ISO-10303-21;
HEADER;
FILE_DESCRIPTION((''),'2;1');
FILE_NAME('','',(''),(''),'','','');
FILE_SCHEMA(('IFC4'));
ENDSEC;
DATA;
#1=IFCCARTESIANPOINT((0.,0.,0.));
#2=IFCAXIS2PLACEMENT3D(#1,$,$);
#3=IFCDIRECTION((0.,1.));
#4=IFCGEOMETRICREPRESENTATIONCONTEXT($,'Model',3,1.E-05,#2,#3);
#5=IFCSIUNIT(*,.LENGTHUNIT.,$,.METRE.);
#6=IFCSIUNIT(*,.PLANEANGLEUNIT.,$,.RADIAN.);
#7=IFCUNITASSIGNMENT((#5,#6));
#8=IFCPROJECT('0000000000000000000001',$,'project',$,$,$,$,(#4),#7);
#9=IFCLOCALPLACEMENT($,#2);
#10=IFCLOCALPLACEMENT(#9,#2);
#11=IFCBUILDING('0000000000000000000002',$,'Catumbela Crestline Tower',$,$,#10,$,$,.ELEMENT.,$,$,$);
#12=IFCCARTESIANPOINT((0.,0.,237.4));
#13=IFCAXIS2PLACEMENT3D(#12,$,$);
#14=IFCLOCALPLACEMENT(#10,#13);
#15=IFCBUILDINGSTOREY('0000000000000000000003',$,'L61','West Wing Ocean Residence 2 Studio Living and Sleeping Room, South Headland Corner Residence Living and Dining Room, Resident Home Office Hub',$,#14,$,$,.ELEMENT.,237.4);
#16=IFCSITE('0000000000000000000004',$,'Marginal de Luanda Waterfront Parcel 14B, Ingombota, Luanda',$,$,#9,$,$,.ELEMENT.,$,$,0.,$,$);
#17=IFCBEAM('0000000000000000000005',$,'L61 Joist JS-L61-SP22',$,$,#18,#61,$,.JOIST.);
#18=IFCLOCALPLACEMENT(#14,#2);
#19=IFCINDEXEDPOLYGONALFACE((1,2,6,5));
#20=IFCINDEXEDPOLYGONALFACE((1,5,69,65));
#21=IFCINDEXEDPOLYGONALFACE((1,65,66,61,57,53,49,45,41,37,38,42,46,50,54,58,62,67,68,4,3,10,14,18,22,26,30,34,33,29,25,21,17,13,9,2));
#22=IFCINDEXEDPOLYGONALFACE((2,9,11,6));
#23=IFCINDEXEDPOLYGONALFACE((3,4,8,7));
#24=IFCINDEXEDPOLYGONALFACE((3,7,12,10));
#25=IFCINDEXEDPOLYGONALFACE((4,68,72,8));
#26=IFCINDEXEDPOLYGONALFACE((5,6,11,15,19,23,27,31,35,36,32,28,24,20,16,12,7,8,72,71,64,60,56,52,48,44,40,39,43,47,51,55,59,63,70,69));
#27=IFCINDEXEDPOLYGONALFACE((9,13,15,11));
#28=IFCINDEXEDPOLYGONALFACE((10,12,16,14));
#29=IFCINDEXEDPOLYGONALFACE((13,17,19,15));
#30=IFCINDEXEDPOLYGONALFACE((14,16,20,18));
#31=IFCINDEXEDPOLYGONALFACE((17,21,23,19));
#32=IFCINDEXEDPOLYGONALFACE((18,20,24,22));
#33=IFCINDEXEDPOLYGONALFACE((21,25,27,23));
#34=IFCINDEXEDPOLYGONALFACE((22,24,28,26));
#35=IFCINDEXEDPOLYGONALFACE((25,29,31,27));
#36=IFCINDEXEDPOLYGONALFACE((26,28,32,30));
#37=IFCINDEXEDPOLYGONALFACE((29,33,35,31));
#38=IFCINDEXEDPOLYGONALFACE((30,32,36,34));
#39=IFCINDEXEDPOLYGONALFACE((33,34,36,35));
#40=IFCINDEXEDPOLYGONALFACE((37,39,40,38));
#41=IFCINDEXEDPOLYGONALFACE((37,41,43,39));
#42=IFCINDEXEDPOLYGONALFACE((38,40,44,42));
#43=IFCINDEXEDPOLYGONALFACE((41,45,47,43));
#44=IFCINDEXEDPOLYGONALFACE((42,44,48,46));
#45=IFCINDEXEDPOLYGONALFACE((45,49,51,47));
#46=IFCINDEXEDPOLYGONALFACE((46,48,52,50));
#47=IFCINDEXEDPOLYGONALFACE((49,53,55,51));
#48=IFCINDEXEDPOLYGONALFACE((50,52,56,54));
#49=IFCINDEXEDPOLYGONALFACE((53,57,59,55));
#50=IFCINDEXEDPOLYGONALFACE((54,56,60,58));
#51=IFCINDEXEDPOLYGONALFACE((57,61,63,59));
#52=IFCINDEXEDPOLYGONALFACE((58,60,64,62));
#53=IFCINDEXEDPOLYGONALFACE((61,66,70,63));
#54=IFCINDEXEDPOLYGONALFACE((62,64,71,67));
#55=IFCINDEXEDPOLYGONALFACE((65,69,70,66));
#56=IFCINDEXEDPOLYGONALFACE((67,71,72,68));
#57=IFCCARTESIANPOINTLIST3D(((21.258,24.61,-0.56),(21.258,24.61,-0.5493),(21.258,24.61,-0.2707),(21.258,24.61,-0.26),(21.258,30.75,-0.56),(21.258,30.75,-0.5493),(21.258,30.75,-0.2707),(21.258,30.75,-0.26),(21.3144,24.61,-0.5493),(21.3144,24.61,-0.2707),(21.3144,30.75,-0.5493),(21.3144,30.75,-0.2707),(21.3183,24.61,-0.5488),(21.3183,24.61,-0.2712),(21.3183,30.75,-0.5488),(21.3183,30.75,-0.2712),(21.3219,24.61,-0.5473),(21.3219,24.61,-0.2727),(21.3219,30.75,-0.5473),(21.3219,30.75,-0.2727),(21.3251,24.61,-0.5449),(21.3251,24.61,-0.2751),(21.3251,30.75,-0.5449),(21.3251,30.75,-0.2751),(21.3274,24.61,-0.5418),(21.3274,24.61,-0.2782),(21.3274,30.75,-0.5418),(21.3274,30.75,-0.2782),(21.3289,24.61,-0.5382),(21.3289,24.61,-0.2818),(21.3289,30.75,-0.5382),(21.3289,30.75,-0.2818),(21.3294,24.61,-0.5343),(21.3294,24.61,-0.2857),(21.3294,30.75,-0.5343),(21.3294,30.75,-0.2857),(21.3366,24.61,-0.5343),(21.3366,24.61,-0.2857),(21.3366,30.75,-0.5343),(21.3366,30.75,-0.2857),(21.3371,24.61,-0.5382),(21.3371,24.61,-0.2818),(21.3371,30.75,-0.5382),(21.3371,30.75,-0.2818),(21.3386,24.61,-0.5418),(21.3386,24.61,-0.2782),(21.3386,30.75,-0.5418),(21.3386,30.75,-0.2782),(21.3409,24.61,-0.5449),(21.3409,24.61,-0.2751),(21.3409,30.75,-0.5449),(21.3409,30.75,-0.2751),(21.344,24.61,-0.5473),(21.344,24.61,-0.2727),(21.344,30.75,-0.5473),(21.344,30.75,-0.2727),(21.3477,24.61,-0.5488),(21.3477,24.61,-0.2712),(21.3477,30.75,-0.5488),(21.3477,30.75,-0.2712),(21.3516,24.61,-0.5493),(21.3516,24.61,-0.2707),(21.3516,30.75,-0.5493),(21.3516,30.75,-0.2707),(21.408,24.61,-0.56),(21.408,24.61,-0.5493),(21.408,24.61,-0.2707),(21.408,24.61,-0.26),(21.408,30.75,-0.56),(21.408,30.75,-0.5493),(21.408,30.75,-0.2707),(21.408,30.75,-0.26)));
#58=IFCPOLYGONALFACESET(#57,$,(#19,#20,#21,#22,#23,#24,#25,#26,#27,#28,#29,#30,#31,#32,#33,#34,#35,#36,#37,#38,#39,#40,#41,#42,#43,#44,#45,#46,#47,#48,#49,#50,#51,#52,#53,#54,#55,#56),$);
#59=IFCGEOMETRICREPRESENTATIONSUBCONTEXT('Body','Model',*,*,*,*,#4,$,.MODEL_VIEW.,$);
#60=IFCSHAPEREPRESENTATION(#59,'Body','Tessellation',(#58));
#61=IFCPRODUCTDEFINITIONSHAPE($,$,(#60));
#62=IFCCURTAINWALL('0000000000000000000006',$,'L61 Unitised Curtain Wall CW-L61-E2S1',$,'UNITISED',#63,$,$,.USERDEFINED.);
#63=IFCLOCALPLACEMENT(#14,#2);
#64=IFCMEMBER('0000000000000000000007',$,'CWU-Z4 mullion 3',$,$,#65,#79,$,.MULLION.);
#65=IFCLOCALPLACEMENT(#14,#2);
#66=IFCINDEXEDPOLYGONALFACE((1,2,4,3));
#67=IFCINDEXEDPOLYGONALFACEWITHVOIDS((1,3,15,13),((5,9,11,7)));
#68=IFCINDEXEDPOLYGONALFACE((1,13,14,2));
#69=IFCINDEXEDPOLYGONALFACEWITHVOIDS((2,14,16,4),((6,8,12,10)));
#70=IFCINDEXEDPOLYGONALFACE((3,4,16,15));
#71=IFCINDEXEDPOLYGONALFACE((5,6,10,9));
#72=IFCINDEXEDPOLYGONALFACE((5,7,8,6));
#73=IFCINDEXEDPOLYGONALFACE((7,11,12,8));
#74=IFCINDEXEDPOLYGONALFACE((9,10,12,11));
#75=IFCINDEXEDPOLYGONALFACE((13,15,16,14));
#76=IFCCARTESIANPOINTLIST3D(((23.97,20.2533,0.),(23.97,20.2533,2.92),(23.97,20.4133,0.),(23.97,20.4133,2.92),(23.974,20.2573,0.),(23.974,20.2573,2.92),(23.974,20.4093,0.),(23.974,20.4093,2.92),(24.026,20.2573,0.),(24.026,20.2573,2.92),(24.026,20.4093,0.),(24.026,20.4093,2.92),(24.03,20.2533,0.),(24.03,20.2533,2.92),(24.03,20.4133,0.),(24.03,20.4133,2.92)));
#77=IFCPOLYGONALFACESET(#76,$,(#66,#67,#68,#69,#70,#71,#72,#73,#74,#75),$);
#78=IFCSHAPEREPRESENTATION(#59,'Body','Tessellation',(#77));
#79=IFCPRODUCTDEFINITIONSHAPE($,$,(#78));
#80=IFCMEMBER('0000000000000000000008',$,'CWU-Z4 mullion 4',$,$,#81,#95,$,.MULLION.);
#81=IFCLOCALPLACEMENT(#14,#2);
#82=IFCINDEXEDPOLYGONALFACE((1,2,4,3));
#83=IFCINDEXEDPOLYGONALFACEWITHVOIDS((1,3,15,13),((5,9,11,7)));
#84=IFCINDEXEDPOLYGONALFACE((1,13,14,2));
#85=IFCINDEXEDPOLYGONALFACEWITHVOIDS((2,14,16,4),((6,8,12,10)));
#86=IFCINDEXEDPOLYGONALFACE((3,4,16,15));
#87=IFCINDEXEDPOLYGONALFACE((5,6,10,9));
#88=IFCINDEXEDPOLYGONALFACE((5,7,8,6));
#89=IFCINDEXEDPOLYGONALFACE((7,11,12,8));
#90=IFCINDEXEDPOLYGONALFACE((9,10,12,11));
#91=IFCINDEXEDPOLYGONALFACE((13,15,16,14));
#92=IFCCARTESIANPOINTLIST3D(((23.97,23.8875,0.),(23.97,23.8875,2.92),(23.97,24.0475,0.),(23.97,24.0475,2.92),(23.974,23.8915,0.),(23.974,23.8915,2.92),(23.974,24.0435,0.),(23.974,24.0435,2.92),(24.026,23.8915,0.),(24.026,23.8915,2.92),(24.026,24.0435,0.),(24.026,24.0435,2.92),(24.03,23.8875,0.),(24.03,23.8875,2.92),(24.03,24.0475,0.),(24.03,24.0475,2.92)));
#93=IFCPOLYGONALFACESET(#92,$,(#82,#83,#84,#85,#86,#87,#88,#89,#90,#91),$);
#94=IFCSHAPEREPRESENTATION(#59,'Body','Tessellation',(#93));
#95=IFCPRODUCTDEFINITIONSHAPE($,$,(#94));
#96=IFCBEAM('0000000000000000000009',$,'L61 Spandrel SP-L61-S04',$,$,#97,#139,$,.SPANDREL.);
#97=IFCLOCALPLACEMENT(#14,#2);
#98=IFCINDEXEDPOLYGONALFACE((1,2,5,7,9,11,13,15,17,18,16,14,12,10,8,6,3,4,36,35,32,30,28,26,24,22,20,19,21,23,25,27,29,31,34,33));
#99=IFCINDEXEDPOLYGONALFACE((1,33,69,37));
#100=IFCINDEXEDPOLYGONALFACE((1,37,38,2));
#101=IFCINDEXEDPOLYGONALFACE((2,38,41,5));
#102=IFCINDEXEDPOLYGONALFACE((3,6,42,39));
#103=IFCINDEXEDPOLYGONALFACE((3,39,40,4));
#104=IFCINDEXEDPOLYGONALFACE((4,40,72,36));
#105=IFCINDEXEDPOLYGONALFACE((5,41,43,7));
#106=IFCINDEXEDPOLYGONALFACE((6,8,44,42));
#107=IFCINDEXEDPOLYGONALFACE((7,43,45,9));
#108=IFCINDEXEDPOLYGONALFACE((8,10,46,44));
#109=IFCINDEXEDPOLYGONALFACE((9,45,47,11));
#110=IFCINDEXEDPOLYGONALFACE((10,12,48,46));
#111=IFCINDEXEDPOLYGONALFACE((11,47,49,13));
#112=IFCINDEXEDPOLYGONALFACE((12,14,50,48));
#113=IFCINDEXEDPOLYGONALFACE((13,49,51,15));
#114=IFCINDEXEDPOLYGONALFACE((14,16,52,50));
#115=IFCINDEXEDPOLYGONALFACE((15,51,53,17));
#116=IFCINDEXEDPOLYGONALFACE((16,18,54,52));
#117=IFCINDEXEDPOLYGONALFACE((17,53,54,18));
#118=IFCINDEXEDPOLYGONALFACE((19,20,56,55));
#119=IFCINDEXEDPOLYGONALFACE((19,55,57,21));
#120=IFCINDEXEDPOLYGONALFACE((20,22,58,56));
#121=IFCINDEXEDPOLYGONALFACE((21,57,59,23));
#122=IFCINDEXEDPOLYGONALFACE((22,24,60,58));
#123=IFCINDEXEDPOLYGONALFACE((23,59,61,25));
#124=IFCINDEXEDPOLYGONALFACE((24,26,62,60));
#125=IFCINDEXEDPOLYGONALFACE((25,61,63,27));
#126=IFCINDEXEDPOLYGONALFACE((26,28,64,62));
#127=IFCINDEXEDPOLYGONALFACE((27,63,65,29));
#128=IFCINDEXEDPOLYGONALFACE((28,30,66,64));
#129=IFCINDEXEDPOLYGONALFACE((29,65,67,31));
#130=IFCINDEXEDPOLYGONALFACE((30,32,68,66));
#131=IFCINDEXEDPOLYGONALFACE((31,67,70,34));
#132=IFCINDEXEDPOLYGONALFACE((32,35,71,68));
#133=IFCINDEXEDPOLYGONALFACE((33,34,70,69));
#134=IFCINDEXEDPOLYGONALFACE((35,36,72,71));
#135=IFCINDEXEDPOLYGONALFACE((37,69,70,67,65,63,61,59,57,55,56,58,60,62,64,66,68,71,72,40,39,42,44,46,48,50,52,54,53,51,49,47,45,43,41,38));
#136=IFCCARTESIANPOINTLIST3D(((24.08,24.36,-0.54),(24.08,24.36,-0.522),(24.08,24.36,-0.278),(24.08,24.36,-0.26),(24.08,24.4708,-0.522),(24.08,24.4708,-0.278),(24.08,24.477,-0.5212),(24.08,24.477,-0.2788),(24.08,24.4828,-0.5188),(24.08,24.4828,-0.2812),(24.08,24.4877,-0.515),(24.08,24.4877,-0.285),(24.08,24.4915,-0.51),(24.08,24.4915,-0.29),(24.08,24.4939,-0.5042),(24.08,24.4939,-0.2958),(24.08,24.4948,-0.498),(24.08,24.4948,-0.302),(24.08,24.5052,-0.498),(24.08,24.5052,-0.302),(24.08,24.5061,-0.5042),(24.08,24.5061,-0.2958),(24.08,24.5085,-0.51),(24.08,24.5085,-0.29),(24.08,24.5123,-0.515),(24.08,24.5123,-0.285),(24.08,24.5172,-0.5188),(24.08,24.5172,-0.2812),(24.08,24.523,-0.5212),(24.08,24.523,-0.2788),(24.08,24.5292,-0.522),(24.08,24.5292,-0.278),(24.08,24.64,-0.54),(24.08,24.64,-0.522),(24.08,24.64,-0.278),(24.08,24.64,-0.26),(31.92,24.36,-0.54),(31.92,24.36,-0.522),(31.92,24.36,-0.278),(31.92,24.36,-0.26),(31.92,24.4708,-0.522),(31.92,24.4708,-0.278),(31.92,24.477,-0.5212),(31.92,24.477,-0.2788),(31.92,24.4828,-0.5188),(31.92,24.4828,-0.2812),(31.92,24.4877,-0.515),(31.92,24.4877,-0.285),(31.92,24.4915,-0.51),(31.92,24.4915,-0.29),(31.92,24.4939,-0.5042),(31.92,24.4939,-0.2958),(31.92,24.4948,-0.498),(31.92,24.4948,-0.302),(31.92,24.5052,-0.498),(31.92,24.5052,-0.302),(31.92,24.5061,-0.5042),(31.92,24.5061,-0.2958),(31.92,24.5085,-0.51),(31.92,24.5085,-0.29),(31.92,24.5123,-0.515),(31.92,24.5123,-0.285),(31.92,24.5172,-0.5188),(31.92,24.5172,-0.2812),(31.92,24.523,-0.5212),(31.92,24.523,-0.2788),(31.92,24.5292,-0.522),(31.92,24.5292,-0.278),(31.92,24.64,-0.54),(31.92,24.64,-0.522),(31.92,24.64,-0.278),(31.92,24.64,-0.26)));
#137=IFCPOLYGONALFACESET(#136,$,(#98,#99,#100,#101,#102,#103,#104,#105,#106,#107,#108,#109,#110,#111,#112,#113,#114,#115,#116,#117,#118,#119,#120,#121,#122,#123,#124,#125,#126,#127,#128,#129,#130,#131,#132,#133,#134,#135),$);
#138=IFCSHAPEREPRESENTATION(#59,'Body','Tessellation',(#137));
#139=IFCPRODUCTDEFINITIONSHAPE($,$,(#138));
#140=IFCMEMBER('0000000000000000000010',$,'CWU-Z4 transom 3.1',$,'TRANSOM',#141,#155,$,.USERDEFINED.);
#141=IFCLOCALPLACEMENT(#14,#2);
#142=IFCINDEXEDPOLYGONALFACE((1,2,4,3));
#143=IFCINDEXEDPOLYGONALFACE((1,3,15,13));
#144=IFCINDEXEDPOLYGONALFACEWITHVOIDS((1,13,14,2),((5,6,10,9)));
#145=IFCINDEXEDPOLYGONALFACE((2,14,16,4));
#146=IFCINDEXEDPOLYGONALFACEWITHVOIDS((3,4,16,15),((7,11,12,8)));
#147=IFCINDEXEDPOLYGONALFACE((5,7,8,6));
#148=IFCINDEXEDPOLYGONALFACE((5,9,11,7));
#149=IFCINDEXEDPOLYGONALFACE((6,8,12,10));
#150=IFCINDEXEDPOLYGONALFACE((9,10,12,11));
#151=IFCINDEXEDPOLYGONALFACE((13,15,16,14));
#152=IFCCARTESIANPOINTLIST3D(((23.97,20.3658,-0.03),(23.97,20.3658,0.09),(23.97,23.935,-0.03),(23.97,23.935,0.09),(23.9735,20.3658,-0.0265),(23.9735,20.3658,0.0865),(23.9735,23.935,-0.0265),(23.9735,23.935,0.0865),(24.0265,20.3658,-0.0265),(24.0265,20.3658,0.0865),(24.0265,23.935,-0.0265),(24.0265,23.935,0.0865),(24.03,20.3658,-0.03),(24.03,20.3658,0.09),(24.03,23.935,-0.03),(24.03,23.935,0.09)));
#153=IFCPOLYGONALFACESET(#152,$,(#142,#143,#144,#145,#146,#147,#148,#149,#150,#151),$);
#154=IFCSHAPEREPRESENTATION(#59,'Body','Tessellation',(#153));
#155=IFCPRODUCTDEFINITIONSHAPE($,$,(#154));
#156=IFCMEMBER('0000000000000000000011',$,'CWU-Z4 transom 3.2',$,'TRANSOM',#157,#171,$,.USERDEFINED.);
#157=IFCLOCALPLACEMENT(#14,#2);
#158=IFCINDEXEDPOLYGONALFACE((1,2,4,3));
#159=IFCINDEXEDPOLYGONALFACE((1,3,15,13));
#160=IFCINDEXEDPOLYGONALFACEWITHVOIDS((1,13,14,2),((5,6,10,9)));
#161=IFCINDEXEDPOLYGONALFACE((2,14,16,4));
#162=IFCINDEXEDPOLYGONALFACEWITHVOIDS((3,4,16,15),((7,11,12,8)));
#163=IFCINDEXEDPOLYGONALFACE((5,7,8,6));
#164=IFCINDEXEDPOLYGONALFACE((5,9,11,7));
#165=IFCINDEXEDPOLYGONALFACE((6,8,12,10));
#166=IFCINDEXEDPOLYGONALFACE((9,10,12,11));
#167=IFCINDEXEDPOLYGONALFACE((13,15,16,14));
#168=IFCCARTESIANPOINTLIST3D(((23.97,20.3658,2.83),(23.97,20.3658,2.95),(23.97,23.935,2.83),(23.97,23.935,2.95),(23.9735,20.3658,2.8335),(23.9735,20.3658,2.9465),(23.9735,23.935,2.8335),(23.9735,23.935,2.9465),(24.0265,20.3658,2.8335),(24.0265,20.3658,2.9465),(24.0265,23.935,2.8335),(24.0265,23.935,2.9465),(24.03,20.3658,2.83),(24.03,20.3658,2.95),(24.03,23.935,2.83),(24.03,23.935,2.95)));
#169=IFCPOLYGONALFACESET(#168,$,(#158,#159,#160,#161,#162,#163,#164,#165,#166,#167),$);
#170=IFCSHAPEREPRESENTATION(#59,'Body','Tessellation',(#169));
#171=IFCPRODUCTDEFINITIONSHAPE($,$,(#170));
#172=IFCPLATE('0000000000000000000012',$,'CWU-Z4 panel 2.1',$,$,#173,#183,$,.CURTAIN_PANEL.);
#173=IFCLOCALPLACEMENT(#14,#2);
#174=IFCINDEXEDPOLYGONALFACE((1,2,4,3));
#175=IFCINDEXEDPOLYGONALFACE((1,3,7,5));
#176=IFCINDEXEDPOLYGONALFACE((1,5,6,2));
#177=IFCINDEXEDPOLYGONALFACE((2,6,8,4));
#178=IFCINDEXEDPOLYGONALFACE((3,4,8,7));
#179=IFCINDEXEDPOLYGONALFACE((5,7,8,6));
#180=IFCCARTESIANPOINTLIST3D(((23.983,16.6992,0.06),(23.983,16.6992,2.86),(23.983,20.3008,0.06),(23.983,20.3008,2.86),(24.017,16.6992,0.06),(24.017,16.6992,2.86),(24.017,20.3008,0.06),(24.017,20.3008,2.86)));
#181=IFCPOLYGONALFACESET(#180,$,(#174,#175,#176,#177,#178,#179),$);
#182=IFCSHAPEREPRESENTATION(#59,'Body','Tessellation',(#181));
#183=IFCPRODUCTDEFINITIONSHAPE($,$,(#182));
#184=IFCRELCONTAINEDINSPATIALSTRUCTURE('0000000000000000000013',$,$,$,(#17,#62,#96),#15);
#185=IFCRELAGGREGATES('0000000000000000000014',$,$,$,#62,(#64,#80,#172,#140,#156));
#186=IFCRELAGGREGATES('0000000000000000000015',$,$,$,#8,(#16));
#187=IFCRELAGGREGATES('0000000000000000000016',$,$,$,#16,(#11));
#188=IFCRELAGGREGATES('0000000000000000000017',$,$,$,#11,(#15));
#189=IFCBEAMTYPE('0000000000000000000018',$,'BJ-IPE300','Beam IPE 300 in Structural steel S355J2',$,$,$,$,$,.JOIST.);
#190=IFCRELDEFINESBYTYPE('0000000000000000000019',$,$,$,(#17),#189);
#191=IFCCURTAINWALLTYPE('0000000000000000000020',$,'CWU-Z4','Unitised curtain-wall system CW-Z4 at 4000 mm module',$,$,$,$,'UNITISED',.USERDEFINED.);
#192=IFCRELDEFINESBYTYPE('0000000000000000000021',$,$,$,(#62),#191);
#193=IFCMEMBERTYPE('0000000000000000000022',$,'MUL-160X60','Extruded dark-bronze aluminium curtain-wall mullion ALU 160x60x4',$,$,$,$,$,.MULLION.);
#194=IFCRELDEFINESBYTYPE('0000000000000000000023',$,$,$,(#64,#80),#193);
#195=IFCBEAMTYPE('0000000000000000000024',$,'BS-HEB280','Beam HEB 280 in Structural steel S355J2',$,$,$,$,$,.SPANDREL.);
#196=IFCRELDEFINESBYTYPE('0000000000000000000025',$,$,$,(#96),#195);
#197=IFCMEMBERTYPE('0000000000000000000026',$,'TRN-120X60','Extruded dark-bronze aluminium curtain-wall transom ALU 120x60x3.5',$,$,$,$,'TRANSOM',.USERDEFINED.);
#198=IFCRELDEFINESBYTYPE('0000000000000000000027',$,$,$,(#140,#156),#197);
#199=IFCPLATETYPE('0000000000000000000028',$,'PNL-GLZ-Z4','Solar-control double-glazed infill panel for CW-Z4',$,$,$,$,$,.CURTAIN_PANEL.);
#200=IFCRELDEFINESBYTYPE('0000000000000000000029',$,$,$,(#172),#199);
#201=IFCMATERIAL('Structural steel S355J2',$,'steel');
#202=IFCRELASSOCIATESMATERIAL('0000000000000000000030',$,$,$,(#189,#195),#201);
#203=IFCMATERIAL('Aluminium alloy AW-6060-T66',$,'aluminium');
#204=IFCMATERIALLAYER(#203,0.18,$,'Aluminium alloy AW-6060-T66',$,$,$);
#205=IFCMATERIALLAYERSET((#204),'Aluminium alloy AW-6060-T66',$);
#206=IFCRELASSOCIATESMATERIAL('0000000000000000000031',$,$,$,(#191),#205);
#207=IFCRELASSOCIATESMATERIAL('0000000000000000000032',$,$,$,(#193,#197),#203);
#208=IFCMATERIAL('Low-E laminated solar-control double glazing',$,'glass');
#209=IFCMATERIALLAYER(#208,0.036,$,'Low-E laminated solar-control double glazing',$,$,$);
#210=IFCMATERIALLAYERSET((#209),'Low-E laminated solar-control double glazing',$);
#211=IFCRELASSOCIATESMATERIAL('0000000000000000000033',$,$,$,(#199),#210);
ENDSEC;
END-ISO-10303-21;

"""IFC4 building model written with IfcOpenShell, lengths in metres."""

from ifc_helpers import new_model, si_unit, direction, frame, origin, origin_2d, place, context, subcontext, project, spatial, rectangle, hollow_rectangle, i_section, extrude, material, layer, layer_set, material_profile, profile_set, type_object, element, aggregate, save


model = new_model("IFC4")

# Units and contexts
model_context = context("Model", 3, precision=1e-05, world=origin(), true_north=direction((0.0, 1.0)))
body_context = subcontext(model_context, "Body", "Model", "MODEL_VIEW")
ifc_project = project(units=[si_unit("LENGTHUNIT", "METRE"), si_unit("PLANEANGLEUNIT", "RADIAN")], contexts=[model_context])

# Site, building, storey
site_placement = place(None, origin())
site = spatial("IfcSite", under=ifc_project, at=site_placement, Name="Marginal de Luanda Waterfront Parcel 14B, Ingombota, Luanda", CompositionType="ELEMENT", RefElevation=0.0)
building_placement = place(site_placement, origin())
building = spatial("IfcBuilding", under=site, at=building_placement, Name="Catumbela Crestline Tower", CompositionType="ELEMENT")
storey_placement = place(building_placement, frame((0.0, 0.0, 237.4)))
storey = spatial("IfcBuildingStorey", under=building, at=storey_placement, Name="L61", Description="West Wing Ocean Residence 2 Studio Living and Sleeping Room, South Headland Corner Residence Living and Dining Room, Resident Home Office Hub", CompositionType="ELEMENT", Elevation=237.4)

# Shared definitions
ifc_material_1 = material(Name="Structural steel S355J2", Category="steel")

# Beam
ifc_material_profile_1 = material_profile(ifc_material_1, i_section(OverallWidth=0.15, OverallDepth=0.3, WebThickness=0.0071, FlangeThickness=0.0107, FilletRadius=0.015, at=origin_2d()), Name="IPE 300")
ifc_profile_set_1 = profile_set([ifc_material_profile_1], Name="Structural steel S355J2")
beam_type_1 = type_object("IfcBeamType", Name="BJ-IPE300", Description="Beam IPE 300 in Structural steel S355J2", PredefinedType="JOIST", material=ifc_profile_set_1)
for number, where, z_axis, x_axis, name in (
    (1, (21.333, 24.61, -0.41), (0.0, 1.0, 0.0), (-1.0, 0.0, 0.0), "L61 Joist JS-L61-SP22"),
):
    element("IfcBeam", number, at=place(storey_placement, frame(where, z_axis=z_axis, x_axis=x_axis)), inside=storey, type_object=beam_type_1, Name=name, PredefinedType="JOIST", context=body_context, shape_type="SweptSolid", body=[
        extrude(i_section(OverallWidth=0.15, OverallDepth=0.3, WebThickness=0.0071, FlangeThickness=0.0107, FilletRadius=0.015, at=origin_2d()), origin(), (0.0, 0.0, 1.0), 6.14),
    ])

# Curtain wall, members
ifc_material_2 = material(Name="Aluminium alloy AW-6060-T66", Category="aluminium")
ifc_layer_1 = layer(ifc_material_2, 0.18, Name="Aluminium alloy AW-6060-T66")
ifc_layer_set_1 = layer_set([ifc_layer_1], Name="Aluminium alloy AW-6060-T66")
curtain_wall_type = type_object("IfcCurtainWallType", Name="CWU-Z4", Description="Unitised curtain-wall system CW-Z4 at 4000 mm module", ElementType="UNITISED", PredefinedType="USERDEFINED", material=ifc_layer_set_1)
curtain_wall_placement = place(storey_placement, origin())
curtain_wall = element("IfcCurtainWall", 2, at=curtain_wall_placement, inside=storey, type_object=curtain_wall_type, Name="L61 Unitised Curtain Wall CW-L61-E2S1", ObjectType="UNITISED", PredefinedType="USERDEFINED")
ifc_material_profile_2 = material_profile(ifc_material_2, hollow_rectangle(XDim=0.06, YDim=0.16, WallThickness=0.004, at=origin_2d()), Name="ALU 160x60x4")
ifc_profile_set_2 = profile_set([ifc_material_profile_2], Name="Aluminium alloy AW-6060-T66")
member_type_1 = type_object("IfcMemberType", Name="MUL-160X60", Description="Extruded dark-bronze aluminium curtain-wall mullion ALU 160x60x4", PredefinedType="MULLION", material=ifc_profile_set_2)
member_1_placement = place(storey_placement, frame((24.0, 20.3333, 0.0), z_axis=(0.0, 0.0, 1.0), x_axis=(-1.0, 0.0, 0.0)))
member_1 = element("IfcMember", 3, at=member_1_placement, type_object=member_type_1, Name="CWU-Z4 mullion 3", PredefinedType="MULLION", context=body_context, shape_type="SweptSolid", body=[
    extrude(hollow_rectangle(XDim=0.06, YDim=0.16, WallThickness=0.004, at=origin_2d()), origin(), (0.0, 0.0, 1.0), 2.92),
])
member_2_placement = place(storey_placement, frame((24.0, 23.9675, 0.0), z_axis=(0.0, 0.0, 1.0), x_axis=(-1.0, 0.0, 0.0)))
member_2 = element("IfcMember", 4, at=member_2_placement, type_object=member_type_1, Name="CWU-Z4 mullion 4", PredefinedType="MULLION", context=body_context, shape_type="SweptSolid", body=[
    extrude(hollow_rectangle(XDim=0.06, YDim=0.16, WallThickness=0.004, at=origin_2d()), origin(), (0.0, 0.0, 1.0), 2.92),
])

# Beam
ifc_material_profile_3 = material_profile(ifc_material_1, i_section(OverallWidth=0.28, OverallDepth=0.28, WebThickness=0.0105, FlangeThickness=0.018, FilletRadius=0.024, at=origin_2d()), Name="HEB 280")
ifc_profile_set_3 = profile_set([ifc_material_profile_3], Name="Structural steel S355J2")
beam_type_2 = type_object("IfcBeamType", Name="BS-HEB280", Description="Beam HEB 280 in Structural steel S355J2", PredefinedType="SPANDREL", material=ifc_profile_set_3)
beam_1_placement = place(storey_placement, frame((24.08, 24.5, -0.4), z_axis=(1.0, 0.0, 0.0), x_axis=(0.0, 1.0, 0.0)))
element("IfcBeam", 5, at=beam_1_placement, inside=storey, type_object=beam_type_2, Name="L61 Spandrel SP-L61-S04", PredefinedType="SPANDREL", context=body_context, shape_type="SweptSolid", body=[
    extrude(i_section(OverallWidth=0.28, OverallDepth=0.28, WebThickness=0.0105, FlangeThickness=0.018, FilletRadius=0.024, at=origin_2d()), origin(), (0.0, 0.0, 1.0), 7.84),
])

# Members
ifc_material_profile_4 = material_profile(ifc_material_2, hollow_rectangle(XDim=0.06, YDim=0.12, WallThickness=0.0035, at=origin_2d()), Name="ALU 120x60x3.5")
ifc_profile_set_4 = profile_set([ifc_material_profile_4], Name="Aluminium alloy AW-6060-T66")
member_type_2 = type_object("IfcMemberType", Name="TRN-120X60", Description="Extruded dark-bronze aluminium curtain-wall transom ALU 120x60x3.5", ElementType="TRANSOM", PredefinedType="USERDEFINED", material=ifc_profile_set_4)
member_3_placement = place(storey_placement, frame((24.0, 20.3658, 0.03), z_axis=(0.0, 1.0, 0.0), x_axis=(-1.0, 0.0, 0.0)))
member_3 = element("IfcMember", 6, at=member_3_placement, type_object=member_type_2, Name="CWU-Z4 transom 3.1", ObjectType="TRANSOM", PredefinedType="USERDEFINED", context=body_context, shape_type="SweptSolid", body=[
    extrude(hollow_rectangle(XDim=0.06, YDim=0.12, WallThickness=0.0035, at=origin_2d()), origin(), (0.0, 0.0, 1.0), 3.5692),
])
member_4_placement = place(storey_placement, frame((24.0, 20.3658, 2.89), z_axis=(0.0, 1.0, 0.0), x_axis=(-1.0, 0.0, 0.0)))
member_4 = element("IfcMember", 7, at=member_4_placement, type_object=member_type_2, Name="CWU-Z4 transom 3.2", ObjectType="TRANSOM", PredefinedType="USERDEFINED", context=body_context, shape_type="SweptSolid", body=[
    extrude(hollow_rectangle(XDim=0.06, YDim=0.12, WallThickness=0.0035, at=origin_2d()), origin(), (0.0, 0.0, 1.0), 3.5692),
])

# Plate
ifc_material_3 = material(Name="Low-E laminated solar-control double glazing", Category="glass")
ifc_layer_2 = layer(ifc_material_3, 0.036, Name="Low-E laminated solar-control double glazing")
ifc_layer_set_2 = layer_set([ifc_layer_2], Name="Low-E laminated solar-control double glazing")
plate_type = type_object("IfcPlateType", Name="PNL-GLZ-Z4", Description="Solar-control double-glazed infill panel for CW-Z4", PredefinedType="CURTAIN_PANEL", material=ifc_layer_set_2)
plate_1_placement = place(storey_placement, frame((24.0, 18.5, 0.06), z_axis=(0.0, 0.0, 1.0), x_axis=(0.0, 1.0, 0.0)))
plate_1 = element("IfcPlate", 8, at=plate_1_placement, type_object=plate_type, Name="CWU-Z4 panel 2.1", PredefinedType="CURTAIN_PANEL", context=body_context, shape_type="SweptSolid", body=[
    extrude(rectangle(XDim=3.6017, YDim=0.034, at=origin_2d()), origin(), (0.0, 0.0, 1.0), 2.8),
])
aggregate(curtain_wall, [member_1, member_2, plate_1, member_3, member_4])

save(model, "model.ifc")
